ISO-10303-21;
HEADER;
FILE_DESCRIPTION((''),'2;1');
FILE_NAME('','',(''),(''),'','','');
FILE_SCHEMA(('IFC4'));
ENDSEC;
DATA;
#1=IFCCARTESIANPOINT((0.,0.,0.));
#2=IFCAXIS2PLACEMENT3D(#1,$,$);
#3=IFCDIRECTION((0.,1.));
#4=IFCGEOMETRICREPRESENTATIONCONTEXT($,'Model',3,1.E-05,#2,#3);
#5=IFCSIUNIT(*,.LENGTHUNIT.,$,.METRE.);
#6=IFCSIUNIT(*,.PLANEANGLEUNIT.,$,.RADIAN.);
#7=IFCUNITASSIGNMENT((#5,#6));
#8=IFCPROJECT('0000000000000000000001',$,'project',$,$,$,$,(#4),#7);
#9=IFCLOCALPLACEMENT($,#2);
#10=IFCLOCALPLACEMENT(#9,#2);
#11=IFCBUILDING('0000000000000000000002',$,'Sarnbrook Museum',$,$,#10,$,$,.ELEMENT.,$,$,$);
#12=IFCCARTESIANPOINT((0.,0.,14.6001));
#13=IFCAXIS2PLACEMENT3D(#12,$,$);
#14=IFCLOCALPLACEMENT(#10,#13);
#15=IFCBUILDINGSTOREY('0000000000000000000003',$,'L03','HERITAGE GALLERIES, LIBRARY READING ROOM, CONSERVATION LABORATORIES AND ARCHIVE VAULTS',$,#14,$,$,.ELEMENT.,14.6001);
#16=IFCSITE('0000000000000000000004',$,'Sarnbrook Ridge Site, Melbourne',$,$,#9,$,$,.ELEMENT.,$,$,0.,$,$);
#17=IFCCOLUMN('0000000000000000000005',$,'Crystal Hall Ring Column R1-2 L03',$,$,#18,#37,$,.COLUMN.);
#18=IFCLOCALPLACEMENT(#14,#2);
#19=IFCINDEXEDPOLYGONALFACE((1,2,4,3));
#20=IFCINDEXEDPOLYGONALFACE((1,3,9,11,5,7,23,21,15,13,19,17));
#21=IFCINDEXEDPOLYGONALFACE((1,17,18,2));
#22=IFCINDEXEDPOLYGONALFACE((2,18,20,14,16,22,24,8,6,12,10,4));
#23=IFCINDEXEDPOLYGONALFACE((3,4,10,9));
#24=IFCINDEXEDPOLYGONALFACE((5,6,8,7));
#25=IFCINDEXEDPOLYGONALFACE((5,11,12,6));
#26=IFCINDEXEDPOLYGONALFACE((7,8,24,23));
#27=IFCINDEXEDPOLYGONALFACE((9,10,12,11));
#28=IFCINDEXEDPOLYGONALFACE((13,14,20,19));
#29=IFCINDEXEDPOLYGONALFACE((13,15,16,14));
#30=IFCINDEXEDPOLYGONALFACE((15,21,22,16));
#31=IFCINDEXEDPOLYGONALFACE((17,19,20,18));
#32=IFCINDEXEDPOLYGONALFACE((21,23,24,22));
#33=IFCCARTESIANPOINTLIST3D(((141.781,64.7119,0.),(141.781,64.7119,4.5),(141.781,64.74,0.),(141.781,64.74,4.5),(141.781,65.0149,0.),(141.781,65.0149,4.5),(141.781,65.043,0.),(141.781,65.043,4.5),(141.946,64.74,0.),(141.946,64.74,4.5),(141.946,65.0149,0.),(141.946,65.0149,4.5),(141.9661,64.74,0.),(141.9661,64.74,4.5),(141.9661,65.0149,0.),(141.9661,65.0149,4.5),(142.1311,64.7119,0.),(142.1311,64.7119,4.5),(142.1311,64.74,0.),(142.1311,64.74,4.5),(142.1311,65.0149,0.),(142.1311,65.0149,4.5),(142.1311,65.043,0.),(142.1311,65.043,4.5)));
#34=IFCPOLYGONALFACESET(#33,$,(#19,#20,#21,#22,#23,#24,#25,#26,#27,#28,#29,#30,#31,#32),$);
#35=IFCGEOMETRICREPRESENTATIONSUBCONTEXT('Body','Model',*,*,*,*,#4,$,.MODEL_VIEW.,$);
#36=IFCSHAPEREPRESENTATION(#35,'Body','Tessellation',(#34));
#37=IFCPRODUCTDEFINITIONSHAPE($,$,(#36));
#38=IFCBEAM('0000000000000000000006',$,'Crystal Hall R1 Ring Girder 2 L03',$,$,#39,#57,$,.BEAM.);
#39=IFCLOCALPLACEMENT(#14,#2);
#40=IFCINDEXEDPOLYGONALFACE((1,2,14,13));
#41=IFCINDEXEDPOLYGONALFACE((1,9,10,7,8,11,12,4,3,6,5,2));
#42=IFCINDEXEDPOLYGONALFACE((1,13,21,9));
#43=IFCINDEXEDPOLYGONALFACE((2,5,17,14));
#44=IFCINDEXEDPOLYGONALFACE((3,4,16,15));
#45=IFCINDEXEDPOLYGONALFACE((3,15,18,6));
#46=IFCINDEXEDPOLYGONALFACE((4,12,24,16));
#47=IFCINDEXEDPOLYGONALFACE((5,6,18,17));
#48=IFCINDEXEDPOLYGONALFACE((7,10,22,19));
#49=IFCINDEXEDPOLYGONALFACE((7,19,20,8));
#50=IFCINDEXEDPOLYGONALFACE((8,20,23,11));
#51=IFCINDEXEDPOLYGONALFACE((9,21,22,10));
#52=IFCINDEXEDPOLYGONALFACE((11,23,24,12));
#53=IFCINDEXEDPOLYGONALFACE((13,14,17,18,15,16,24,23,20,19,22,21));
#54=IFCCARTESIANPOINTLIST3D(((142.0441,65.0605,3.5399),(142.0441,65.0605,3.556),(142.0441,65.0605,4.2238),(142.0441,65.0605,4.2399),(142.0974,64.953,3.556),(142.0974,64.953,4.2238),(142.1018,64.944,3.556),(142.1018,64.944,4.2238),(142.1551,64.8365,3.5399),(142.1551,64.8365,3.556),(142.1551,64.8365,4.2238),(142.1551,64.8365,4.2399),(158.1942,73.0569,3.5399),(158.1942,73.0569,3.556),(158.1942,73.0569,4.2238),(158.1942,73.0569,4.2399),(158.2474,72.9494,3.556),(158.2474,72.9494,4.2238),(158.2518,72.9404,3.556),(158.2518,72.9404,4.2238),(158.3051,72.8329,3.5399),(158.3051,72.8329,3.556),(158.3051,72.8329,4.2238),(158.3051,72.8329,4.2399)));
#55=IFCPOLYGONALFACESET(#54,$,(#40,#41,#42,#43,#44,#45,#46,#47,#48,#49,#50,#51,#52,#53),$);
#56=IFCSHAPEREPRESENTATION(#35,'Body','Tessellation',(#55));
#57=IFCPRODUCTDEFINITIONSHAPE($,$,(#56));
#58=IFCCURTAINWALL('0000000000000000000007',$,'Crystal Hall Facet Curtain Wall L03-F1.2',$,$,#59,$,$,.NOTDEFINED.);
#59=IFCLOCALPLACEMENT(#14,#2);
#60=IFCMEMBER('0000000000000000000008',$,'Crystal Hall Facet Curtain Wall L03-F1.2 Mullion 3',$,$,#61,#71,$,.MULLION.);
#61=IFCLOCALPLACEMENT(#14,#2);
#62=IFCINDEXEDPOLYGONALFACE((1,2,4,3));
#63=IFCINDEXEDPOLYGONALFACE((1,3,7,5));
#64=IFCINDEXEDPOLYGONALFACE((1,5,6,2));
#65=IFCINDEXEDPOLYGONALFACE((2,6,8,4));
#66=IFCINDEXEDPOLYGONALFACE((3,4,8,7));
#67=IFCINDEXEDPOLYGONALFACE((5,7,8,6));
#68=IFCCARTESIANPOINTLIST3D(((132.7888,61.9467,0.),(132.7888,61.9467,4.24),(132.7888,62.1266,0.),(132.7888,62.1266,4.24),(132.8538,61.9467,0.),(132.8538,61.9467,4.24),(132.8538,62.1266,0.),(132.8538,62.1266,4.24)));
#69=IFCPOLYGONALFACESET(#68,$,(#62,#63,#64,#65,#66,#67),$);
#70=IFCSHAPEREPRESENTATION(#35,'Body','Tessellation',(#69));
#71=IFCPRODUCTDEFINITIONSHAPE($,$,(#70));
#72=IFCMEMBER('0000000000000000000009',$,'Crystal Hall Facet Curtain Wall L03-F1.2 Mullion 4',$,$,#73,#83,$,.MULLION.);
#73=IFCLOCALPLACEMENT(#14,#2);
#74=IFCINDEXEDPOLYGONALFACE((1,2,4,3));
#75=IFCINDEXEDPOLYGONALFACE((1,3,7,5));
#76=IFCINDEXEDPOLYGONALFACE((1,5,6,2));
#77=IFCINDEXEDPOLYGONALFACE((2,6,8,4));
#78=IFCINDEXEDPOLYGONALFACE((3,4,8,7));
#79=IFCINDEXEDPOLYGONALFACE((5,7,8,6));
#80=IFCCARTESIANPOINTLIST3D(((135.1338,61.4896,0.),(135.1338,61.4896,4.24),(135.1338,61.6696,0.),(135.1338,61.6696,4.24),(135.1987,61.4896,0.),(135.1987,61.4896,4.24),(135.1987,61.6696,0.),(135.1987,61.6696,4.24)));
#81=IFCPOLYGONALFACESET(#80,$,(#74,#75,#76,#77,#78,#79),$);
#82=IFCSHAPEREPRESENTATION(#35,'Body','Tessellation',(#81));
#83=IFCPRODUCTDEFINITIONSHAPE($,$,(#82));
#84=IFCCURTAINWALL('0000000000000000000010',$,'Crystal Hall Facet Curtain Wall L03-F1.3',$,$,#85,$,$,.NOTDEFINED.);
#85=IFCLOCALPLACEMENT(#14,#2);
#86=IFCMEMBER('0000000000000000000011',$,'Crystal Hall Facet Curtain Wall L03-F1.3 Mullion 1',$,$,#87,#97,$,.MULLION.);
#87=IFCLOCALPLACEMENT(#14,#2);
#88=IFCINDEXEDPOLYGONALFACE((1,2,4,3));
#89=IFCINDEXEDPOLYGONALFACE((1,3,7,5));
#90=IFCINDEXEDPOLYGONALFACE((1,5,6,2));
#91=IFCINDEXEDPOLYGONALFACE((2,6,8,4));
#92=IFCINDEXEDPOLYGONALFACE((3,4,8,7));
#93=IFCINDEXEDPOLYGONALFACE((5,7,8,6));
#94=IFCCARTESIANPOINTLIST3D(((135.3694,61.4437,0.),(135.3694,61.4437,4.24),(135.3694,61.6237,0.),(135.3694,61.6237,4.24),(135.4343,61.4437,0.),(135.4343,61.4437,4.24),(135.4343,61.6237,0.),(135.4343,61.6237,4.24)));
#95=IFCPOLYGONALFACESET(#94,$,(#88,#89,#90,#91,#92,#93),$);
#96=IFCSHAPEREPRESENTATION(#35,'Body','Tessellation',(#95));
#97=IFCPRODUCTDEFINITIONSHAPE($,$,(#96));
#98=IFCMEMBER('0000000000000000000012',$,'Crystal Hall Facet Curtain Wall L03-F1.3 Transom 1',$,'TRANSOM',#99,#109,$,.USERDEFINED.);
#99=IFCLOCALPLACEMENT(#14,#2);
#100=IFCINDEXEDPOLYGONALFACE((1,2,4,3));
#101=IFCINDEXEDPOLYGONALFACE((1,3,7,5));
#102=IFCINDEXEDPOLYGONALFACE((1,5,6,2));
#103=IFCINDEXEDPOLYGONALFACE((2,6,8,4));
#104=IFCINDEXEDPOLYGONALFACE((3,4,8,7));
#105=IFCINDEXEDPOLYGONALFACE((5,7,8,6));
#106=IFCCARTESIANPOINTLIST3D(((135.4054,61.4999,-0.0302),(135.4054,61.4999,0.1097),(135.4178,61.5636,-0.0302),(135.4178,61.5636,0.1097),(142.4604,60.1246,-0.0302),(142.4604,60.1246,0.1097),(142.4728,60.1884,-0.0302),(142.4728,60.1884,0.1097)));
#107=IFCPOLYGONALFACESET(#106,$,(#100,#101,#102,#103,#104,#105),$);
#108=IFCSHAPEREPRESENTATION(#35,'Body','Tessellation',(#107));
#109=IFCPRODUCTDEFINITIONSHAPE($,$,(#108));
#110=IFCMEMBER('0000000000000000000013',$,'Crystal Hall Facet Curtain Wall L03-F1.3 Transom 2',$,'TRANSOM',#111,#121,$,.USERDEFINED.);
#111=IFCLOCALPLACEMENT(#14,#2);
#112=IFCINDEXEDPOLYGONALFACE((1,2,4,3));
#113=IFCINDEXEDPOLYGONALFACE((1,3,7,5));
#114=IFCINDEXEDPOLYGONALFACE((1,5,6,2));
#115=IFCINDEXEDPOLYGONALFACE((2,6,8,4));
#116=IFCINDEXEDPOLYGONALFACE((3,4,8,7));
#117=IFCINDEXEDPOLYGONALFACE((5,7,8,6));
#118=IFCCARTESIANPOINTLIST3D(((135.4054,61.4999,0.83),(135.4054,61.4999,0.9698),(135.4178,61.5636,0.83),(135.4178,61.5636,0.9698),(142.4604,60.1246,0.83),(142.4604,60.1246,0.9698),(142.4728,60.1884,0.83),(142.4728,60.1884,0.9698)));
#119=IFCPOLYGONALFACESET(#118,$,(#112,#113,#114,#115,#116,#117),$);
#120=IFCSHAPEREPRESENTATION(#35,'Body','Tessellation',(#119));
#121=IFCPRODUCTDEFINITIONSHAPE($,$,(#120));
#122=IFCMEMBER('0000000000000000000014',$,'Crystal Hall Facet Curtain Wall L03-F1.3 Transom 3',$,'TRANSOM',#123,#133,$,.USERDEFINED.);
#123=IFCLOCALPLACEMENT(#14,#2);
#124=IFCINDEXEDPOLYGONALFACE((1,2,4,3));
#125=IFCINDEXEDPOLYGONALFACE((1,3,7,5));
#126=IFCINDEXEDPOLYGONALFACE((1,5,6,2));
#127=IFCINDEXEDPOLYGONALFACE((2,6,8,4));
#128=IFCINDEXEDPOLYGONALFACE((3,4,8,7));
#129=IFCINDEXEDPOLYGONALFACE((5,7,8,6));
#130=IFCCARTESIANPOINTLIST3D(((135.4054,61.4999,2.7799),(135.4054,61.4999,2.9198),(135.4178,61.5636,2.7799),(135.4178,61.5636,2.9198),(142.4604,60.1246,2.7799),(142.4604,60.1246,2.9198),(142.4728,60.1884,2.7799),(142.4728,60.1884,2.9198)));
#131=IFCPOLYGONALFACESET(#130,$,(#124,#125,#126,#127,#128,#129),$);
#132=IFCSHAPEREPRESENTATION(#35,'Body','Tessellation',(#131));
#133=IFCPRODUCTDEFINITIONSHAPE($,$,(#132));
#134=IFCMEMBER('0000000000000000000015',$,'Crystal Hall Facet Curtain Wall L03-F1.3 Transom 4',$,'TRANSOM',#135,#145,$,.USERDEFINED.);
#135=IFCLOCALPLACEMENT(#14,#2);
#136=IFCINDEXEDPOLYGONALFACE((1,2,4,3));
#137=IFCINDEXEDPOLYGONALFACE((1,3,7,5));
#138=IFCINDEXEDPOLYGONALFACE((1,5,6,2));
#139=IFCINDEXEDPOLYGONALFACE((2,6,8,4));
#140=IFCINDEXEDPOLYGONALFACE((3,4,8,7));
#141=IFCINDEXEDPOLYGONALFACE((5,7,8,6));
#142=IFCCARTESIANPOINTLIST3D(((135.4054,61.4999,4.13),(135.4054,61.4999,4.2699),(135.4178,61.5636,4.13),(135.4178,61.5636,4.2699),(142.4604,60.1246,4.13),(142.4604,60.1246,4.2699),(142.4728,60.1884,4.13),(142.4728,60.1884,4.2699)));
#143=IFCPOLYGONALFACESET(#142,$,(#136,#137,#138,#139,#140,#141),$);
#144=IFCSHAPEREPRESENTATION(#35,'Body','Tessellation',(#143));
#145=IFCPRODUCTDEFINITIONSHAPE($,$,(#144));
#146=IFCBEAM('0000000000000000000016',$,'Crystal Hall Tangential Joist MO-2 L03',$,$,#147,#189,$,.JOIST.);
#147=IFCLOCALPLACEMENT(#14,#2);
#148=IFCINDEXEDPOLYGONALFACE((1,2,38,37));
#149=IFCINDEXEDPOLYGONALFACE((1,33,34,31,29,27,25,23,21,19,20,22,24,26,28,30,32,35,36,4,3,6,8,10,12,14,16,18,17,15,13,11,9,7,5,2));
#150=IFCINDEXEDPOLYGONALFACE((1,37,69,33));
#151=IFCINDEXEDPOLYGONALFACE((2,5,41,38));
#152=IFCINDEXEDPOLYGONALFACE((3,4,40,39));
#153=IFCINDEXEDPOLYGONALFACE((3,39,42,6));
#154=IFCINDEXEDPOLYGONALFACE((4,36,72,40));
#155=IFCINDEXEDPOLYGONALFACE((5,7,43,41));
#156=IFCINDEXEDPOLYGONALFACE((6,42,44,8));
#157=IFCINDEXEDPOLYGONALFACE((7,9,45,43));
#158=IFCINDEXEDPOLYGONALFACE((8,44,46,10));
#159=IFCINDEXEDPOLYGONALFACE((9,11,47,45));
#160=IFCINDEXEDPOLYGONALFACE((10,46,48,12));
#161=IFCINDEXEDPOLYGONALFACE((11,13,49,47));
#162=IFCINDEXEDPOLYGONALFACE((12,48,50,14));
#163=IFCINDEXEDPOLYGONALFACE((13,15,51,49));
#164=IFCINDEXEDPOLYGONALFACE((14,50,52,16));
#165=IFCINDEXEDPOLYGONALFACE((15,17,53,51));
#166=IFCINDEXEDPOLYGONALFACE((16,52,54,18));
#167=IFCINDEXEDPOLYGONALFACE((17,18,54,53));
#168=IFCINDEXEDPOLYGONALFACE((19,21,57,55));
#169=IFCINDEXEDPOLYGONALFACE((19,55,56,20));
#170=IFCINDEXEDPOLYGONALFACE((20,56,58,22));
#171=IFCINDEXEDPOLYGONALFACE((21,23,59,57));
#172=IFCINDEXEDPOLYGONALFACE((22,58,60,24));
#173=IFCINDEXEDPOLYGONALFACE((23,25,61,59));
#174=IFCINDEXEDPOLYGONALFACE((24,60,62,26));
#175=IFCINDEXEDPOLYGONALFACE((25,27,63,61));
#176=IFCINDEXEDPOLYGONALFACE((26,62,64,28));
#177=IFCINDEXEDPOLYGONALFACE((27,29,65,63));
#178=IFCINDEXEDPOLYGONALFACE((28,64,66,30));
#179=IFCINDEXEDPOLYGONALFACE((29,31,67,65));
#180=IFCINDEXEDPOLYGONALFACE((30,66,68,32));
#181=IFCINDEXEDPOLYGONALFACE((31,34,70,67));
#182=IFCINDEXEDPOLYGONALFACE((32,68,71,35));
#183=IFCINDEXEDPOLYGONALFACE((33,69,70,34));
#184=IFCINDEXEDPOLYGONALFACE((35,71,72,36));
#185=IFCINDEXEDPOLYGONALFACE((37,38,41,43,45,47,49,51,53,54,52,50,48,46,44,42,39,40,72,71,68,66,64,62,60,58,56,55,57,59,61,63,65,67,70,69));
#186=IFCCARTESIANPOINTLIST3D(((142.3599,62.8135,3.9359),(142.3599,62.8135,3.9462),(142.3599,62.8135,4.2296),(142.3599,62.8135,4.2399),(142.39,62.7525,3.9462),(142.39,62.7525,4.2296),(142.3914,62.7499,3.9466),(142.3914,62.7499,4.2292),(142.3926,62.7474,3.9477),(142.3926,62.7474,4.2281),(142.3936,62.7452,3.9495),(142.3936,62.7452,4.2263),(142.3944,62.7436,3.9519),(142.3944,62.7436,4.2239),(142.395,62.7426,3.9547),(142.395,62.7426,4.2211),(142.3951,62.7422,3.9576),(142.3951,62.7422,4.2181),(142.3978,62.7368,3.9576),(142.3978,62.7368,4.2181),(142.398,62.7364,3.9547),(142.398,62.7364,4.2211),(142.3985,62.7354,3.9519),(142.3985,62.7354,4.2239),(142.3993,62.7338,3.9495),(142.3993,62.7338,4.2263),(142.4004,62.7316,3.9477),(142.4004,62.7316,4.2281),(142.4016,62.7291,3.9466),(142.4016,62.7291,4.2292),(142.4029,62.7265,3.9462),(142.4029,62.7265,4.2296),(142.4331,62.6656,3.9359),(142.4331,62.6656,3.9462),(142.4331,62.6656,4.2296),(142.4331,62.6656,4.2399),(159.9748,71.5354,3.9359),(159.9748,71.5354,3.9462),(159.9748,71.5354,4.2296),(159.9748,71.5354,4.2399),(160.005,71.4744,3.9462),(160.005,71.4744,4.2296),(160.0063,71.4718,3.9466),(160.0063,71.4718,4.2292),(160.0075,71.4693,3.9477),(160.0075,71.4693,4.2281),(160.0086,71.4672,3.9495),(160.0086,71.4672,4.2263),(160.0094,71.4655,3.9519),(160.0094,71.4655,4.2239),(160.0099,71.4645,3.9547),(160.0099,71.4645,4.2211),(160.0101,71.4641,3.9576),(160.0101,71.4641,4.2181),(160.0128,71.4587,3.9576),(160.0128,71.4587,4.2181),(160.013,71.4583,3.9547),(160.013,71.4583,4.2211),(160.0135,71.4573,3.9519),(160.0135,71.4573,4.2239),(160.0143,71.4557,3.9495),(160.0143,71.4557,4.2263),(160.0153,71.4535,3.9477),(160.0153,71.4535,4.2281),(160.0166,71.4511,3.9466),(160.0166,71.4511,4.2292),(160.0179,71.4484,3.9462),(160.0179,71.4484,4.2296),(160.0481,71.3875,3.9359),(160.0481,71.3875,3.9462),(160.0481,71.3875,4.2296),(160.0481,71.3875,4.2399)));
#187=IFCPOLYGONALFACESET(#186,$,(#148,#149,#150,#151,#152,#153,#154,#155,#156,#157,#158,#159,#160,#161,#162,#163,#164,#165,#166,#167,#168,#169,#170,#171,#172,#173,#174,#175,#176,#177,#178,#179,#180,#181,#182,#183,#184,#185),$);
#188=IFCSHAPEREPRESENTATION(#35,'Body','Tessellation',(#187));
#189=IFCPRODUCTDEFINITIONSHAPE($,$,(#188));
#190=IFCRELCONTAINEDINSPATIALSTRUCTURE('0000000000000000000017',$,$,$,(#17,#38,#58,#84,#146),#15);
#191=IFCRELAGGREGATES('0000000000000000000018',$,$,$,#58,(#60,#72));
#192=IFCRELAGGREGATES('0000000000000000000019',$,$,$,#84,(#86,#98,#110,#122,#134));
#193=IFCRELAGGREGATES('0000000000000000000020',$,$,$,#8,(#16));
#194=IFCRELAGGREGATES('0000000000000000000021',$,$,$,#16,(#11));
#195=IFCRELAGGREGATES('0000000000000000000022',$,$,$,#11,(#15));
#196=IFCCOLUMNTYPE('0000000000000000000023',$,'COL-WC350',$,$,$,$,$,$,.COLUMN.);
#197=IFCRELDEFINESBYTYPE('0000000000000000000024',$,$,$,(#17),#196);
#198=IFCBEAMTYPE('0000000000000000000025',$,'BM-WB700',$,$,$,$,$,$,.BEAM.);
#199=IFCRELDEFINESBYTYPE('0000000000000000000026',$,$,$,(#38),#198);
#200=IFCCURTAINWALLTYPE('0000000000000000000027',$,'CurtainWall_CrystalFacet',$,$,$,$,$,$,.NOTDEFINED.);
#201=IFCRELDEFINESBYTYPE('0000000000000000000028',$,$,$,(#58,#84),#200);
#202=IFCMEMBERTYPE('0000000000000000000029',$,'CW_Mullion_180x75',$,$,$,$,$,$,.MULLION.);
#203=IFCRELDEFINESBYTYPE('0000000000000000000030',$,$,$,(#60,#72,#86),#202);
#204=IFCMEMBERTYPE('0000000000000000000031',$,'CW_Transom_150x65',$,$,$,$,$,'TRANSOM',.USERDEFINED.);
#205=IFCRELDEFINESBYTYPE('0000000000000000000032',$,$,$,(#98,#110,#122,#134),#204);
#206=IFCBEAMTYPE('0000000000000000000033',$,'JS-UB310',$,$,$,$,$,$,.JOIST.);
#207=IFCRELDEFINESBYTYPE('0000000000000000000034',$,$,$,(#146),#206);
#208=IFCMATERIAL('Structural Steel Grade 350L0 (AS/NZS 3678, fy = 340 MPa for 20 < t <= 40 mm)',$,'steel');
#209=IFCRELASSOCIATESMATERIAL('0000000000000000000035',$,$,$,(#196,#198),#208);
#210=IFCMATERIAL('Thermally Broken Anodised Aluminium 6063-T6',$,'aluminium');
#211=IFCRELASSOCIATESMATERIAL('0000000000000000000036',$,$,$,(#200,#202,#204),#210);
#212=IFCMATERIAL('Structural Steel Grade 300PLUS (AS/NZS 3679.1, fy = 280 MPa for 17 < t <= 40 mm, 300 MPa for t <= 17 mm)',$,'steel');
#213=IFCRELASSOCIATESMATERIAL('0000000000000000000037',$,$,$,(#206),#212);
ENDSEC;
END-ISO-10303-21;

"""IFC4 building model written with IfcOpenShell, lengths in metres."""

from ifc_helpers import new_model, si_unit, direction, frame, origin, origin_2d, place, context, subcontext, project, spatial, rectangle, i_section, extrude, material, material_profile, profile_set, type_object, element, aggregate, save


model = new_model("IFC4")

# Units and contexts
model_context = context("Model", 3, precision=1e-05, world=origin(), true_north=direction((0.0, 1.0)))
body_context = subcontext(model_context, "Body", "Model", "MODEL_VIEW")
ifc_project = project(units=[si_unit("LENGTHUNIT", "METRE"), si_unit("PLANEANGLEUNIT", "RADIAN")], contexts=[model_context])

# Site, building, storey
site_placement = place(None, origin())
site = spatial("IfcSite", under=ifc_project, at=site_placement, Name="Sarnbrook Ridge Site, Melbourne", CompositionType="ELEMENT", RefElevation=0.0)
building_placement = place(site_placement, origin())
building = spatial("IfcBuilding", under=site, at=building_placement, Name="Sarnbrook Museum", CompositionType="ELEMENT")
storey_placement = place(building_placement, frame((0.0, 0.0, 14.6001)))
storey = spatial("IfcBuildingStorey", under=building, at=storey_placement, Name="L03", Description="HERITAGE GALLERIES, LIBRARY READING ROOM, CONSERVATION LABORATORIES AND ARCHIVE VAULTS", CompositionType="ELEMENT", Elevation=14.6001)

# Column
ifc_material_1 = material(Name="Structural Steel Grade 350L0 (AS/NZS 3678, fy = 340 MPa for 20 < t <= 40 mm)", Category="steel")
ifc_material_profile_1 = material_profile(ifc_material_1, i_section(OverallWidth=0.3501, OverallDepth=0.3311, WebThickness=0.02, FlangeThickness=0.0281, at=origin_2d()), Name="350WC197")
ifc_profile_set_1 = profile_set([ifc_material_profile_1], Name="Structural Steel Grade 350L0 (AS/NZS 3678, fy = 340 MPa for 20 < t <= 40 mm)")
column_type = type_object("IfcColumnType", Name="COL-WC350", PredefinedType="COLUMN", material=ifc_profile_set_1)
column_placement = place(storey_placement, frame((141.9561, 64.8774, 0.0), z_axis=(0.0, 0.0, 1.0), x_axis=(1.0, 0.0, 0.0)))
element("IfcColumn", 1, at=column_placement, inside=storey, type_object=column_type, Name="Crystal Hall Ring Column R1-2 L03", PredefinedType="COLUMN", context=body_context, shape_type="SweptSolid", body=[
    extrude(i_section(OverallWidth=0.3501, OverallDepth=0.3311, WebThickness=0.02, FlangeThickness=0.0281, at=origin_2d()), origin(), (0.0, 0.0, 1.0), 4.5),
])

# Beam
ifc_material_profile_2 = material_profile(ifc_material_1, i_section(OverallWidth=0.25, OverallDepth=0.7, WebThickness=0.01, FlangeThickness=0.0161, at=origin_2d()), Name="700WB130")
ifc_profile_set_2 = profile_set([ifc_material_profile_2], Name="Structural Steel Grade 350L0 (AS/NZS 3678, fy = 340 MPa for 20 < t <= 40 mm)")
beam_type_1 = type_object("IfcBeamType", Name="BM-WB700", PredefinedType="BEAM", material=ifc_profile_set_2)
beam_1_placement = place(storey_placement, frame((142.0996, 64.9485, 3.8899), z_axis=(0.896165, 0.44372, 0.0), x_axis=(-0.44372, 0.896165, 0.0)))
element("IfcBeam", 2, at=beam_1_placement, inside=storey, type_object=beam_type_1, Name="Crystal Hall R1 Ring Girder 2 L03", PredefinedType="BEAM", context=body_context, shape_type="SweptSolid", body=[
    extrude(i_section(OverallWidth=0.25, OverallDepth=0.7, WebThickness=0.01, FlangeThickness=0.0161, at=origin_2d()), origin(), (0.0, 0.0, 1.0), 18.0212),
])

# Curtain walls, members
ifc_material_2 = material(Name="Thermally Broken Anodised Aluminium 6063-T6", Category="aluminium")
curtain_wall_type = type_object("IfcCurtainWallType", Name="CurtainWall_CrystalFacet", PredefinedType="NOTDEFINED", material=ifc_material_2)
curtain_wall_1_placement = place(storey_placement, origin())
curtain_wall_1 = element("IfcCurtainWall", 3, at=curtain_wall_1_placement, inside=storey, type_object=curtain_wall_type, Name="Crystal Hall Facet Curtain Wall L03-F1.2", PredefinedType="NOTDEFINED")
ifc_material_profile_3 = material_profile(ifc_material_2, rectangle(XDim=0.0649, YDim=0.1799, at=origin_2d()), Name="ALU MULLION 65x180")
ifc_profile_set_3 = profile_set([ifc_material_profile_3], Name="Thermally Broken Anodised Aluminium 6063-T6")
member_type_1 = type_object("IfcMemberType", Name="CW_Mullion_180x75", PredefinedType="MULLION", material=ifc_profile_set_3)
member_1_placement = place(storey_placement, frame((132.8213, 62.0366, 0.0), z_axis=(0.0, 0.0, 1.0), x_axis=(1.0, 0.0, 0.0)))
member_1 = element("IfcMember", 4, at=member_1_placement, type_object=member_type_1, Name="Crystal Hall Facet Curtain Wall L03-F1.2 Mullion 3", PredefinedType="MULLION", context=body_context, shape_type="SweptSolid", body=[
    extrude(rectangle(XDim=0.0649, YDim=0.1799, at=origin_2d()), origin(), (0.0, 0.0, 1.0), 4.24),
])
member_2_placement = place(storey_placement, frame((135.1663, 61.5796, 0.0), z_axis=(0.0, 0.0, 1.0), x_axis=(1.0, 0.0, 0.0)))
member_2 = element("IfcMember", 5, at=member_2_placement, type_object=member_type_1, Name="Crystal Hall Facet Curtain Wall L03-F1.2 Mullion 4", PredefinedType="MULLION", context=body_context, shape_type="SweptSolid", body=[
    extrude(rectangle(XDim=0.0649, YDim=0.1799, at=origin_2d()), origin(), (0.0, 0.0, 1.0), 4.24),
])
curtain_wall_2_placement = place(storey_placement, origin())
curtain_wall_2 = element("IfcCurtainWall", 6, at=curtain_wall_2_placement, inside=storey, type_object=curtain_wall_type, Name="Crystal Hall Facet Curtain Wall L03-F1.3", PredefinedType="NOTDEFINED")
member_3_placement = place(storey_placement, frame((135.4019, 61.5337, 0.0), z_axis=(0.0, 0.0, 1.0), x_axis=(1.0, 0.0, 0.0)))
member_3 = element("IfcMember", 7, at=member_3_placement, type_object=member_type_1, Name="Crystal Hall Facet Curtain Wall L03-F1.3 Mullion 1", PredefinedType="MULLION", context=body_context, shape_type="SweptSolid", body=[
    extrude(rectangle(XDim=0.0649, YDim=0.1799, at=origin_2d()), origin(), (0.0, 0.0, 1.0), 4.24),
])
ifc_material_profile_4 = material_profile(ifc_material_2, rectangle(XDim=0.0649, YDim=0.1399, at=origin_2d()), Name="ALU TRANSOM 65x140")
ifc_profile_set_4 = profile_set([ifc_material_profile_4], Name="Thermally Broken Anodised Aluminium 6063-T6")
member_type_2 = type_object("IfcMemberType", Name="CW_Transom_150x65", ElementType="TRANSOM", PredefinedType="USERDEFINED", material=ifc_profile_set_4)
member_4_placement = place(storey_placement, frame((135.4116, 61.5317, 0.0398), z_axis=(0.981525, -0.191332, 0.0), x_axis=(0.191332, 0.981525, 0.0)))
member_4 = element("IfcMember", 8, at=member_4_placement, type_object=member_type_2, Name="Crystal Hall Facet Curtain Wall L03-F1.3 Transom 1", ObjectType="TRANSOM", PredefinedType="USERDEFINED", context=body_context, shape_type="SweptSolid", body=[
    extrude(rectangle(XDim=0.0649, YDim=0.1399, at=origin_2d()), origin(), (0.0, 0.0, 1.0), 7.1877),
])
member_5_placement = place(storey_placement, frame((135.4116, 61.5317, 0.8999), z_axis=(0.981525, -0.191332, 0.0), x_axis=(0.191332, 0.981525, 0.0)))
member_5 = element("IfcMember", 9, at=member_5_placement, type_object=member_type_2, Name="Crystal Hall Facet Curtain Wall L03-F1.3 Transom 2", ObjectType="TRANSOM", PredefinedType="USERDEFINED", context=body_context, shape_type="SweptSolid", body=[
    extrude(rectangle(XDim=0.0649, YDim=0.1399, at=origin_2d()), origin(), (0.0, 0.0, 1.0), 7.1877),
])
member_6_placement = place(storey_placement, frame((135.4116, 61.5317, 2.8499), z_axis=(0.981525, -0.191332, 0.0), x_axis=(0.191332, 0.981525, 0.0)))
member_6 = element("IfcMember", 10, at=member_6_placement, type_object=member_type_2, Name="Crystal Hall Facet Curtain Wall L03-F1.3 Transom 3", ObjectType="TRANSOM", PredefinedType="USERDEFINED", context=body_context, shape_type="SweptSolid", body=[
    extrude(rectangle(XDim=0.0649, YDim=0.1399, at=origin_2d()), origin(), (0.0, 0.0, 1.0), 7.1877),
])
member_7_placement = place(storey_placement, frame((135.4116, 61.5317, 4.2), z_axis=(0.981525, -0.191332, 0.0), x_axis=(0.191332, 0.981525, 0.0)))
member_7 = element("IfcMember", 11, at=member_7_placement, type_object=member_type_2, Name="Crystal Hall Facet Curtain Wall L03-F1.3 Transom 4", ObjectType="TRANSOM", PredefinedType="USERDEFINED", context=body_context, shape_type="SweptSolid", body=[
    extrude(rectangle(XDim=0.0649, YDim=0.1399, at=origin_2d()), origin(), (0.0, 0.0, 1.0), 7.1877),
])

# Beam
ifc_material_3 = material(Name="Structural Steel Grade 300PLUS (AS/NZS 3679.1, fy = 280 MPa for 17 < t <= 40 mm, 300 MPa for t <= 17 mm)", Category="steel")
ifc_material_profile_5 = material_profile(ifc_material_3, i_section(OverallWidth=0.165, OverallDepth=0.304, WebThickness=0.0061, FlangeThickness=0.0103, FilletRadius=0.0115, at=origin_2d()), Name="310UB40.4")
ifc_profile_set_5 = profile_set([ifc_material_profile_5], Name="Structural Steel Grade 300PLUS (AS/NZS 3679.1, fy = 280 MPa for 17 < t <= 40 mm, 300 MPa for t <= 17 mm)")
beam_type_2 = type_object("IfcBeamType", Name="JS-UB310", PredefinedType="JOIST", material=ifc_profile_set_5)
beam_2_placement = place(storey_placement, frame((142.3965, 62.7395, 4.0879), z_axis=(0.896162, 0.443727, 0.0), x_axis=(-0.443727, 0.896162, 0.0)))
element("IfcBeam", 12, at=beam_2_placement, inside=storey, type_object=beam_type_2, Name="Crystal Hall Tangential Joist MO-2 L03", PredefinedType="JOIST", context=body_context, shape_type="SweptSolid", body=[
    extrude(i_section(OverallWidth=0.165, OverallDepth=0.304, WebThickness=0.0061, FlangeThickness=0.0103, FilletRadius=0.0115, at=origin_2d()), origin(), (0.0, 0.0, 1.0), 19.656),
])

aggregate(curtain_wall_1, [member_1, member_2])
aggregate(curtain_wall_2, [member_3, member_4, member_5, member_6, member_7])

save(model, "model.ifc")
